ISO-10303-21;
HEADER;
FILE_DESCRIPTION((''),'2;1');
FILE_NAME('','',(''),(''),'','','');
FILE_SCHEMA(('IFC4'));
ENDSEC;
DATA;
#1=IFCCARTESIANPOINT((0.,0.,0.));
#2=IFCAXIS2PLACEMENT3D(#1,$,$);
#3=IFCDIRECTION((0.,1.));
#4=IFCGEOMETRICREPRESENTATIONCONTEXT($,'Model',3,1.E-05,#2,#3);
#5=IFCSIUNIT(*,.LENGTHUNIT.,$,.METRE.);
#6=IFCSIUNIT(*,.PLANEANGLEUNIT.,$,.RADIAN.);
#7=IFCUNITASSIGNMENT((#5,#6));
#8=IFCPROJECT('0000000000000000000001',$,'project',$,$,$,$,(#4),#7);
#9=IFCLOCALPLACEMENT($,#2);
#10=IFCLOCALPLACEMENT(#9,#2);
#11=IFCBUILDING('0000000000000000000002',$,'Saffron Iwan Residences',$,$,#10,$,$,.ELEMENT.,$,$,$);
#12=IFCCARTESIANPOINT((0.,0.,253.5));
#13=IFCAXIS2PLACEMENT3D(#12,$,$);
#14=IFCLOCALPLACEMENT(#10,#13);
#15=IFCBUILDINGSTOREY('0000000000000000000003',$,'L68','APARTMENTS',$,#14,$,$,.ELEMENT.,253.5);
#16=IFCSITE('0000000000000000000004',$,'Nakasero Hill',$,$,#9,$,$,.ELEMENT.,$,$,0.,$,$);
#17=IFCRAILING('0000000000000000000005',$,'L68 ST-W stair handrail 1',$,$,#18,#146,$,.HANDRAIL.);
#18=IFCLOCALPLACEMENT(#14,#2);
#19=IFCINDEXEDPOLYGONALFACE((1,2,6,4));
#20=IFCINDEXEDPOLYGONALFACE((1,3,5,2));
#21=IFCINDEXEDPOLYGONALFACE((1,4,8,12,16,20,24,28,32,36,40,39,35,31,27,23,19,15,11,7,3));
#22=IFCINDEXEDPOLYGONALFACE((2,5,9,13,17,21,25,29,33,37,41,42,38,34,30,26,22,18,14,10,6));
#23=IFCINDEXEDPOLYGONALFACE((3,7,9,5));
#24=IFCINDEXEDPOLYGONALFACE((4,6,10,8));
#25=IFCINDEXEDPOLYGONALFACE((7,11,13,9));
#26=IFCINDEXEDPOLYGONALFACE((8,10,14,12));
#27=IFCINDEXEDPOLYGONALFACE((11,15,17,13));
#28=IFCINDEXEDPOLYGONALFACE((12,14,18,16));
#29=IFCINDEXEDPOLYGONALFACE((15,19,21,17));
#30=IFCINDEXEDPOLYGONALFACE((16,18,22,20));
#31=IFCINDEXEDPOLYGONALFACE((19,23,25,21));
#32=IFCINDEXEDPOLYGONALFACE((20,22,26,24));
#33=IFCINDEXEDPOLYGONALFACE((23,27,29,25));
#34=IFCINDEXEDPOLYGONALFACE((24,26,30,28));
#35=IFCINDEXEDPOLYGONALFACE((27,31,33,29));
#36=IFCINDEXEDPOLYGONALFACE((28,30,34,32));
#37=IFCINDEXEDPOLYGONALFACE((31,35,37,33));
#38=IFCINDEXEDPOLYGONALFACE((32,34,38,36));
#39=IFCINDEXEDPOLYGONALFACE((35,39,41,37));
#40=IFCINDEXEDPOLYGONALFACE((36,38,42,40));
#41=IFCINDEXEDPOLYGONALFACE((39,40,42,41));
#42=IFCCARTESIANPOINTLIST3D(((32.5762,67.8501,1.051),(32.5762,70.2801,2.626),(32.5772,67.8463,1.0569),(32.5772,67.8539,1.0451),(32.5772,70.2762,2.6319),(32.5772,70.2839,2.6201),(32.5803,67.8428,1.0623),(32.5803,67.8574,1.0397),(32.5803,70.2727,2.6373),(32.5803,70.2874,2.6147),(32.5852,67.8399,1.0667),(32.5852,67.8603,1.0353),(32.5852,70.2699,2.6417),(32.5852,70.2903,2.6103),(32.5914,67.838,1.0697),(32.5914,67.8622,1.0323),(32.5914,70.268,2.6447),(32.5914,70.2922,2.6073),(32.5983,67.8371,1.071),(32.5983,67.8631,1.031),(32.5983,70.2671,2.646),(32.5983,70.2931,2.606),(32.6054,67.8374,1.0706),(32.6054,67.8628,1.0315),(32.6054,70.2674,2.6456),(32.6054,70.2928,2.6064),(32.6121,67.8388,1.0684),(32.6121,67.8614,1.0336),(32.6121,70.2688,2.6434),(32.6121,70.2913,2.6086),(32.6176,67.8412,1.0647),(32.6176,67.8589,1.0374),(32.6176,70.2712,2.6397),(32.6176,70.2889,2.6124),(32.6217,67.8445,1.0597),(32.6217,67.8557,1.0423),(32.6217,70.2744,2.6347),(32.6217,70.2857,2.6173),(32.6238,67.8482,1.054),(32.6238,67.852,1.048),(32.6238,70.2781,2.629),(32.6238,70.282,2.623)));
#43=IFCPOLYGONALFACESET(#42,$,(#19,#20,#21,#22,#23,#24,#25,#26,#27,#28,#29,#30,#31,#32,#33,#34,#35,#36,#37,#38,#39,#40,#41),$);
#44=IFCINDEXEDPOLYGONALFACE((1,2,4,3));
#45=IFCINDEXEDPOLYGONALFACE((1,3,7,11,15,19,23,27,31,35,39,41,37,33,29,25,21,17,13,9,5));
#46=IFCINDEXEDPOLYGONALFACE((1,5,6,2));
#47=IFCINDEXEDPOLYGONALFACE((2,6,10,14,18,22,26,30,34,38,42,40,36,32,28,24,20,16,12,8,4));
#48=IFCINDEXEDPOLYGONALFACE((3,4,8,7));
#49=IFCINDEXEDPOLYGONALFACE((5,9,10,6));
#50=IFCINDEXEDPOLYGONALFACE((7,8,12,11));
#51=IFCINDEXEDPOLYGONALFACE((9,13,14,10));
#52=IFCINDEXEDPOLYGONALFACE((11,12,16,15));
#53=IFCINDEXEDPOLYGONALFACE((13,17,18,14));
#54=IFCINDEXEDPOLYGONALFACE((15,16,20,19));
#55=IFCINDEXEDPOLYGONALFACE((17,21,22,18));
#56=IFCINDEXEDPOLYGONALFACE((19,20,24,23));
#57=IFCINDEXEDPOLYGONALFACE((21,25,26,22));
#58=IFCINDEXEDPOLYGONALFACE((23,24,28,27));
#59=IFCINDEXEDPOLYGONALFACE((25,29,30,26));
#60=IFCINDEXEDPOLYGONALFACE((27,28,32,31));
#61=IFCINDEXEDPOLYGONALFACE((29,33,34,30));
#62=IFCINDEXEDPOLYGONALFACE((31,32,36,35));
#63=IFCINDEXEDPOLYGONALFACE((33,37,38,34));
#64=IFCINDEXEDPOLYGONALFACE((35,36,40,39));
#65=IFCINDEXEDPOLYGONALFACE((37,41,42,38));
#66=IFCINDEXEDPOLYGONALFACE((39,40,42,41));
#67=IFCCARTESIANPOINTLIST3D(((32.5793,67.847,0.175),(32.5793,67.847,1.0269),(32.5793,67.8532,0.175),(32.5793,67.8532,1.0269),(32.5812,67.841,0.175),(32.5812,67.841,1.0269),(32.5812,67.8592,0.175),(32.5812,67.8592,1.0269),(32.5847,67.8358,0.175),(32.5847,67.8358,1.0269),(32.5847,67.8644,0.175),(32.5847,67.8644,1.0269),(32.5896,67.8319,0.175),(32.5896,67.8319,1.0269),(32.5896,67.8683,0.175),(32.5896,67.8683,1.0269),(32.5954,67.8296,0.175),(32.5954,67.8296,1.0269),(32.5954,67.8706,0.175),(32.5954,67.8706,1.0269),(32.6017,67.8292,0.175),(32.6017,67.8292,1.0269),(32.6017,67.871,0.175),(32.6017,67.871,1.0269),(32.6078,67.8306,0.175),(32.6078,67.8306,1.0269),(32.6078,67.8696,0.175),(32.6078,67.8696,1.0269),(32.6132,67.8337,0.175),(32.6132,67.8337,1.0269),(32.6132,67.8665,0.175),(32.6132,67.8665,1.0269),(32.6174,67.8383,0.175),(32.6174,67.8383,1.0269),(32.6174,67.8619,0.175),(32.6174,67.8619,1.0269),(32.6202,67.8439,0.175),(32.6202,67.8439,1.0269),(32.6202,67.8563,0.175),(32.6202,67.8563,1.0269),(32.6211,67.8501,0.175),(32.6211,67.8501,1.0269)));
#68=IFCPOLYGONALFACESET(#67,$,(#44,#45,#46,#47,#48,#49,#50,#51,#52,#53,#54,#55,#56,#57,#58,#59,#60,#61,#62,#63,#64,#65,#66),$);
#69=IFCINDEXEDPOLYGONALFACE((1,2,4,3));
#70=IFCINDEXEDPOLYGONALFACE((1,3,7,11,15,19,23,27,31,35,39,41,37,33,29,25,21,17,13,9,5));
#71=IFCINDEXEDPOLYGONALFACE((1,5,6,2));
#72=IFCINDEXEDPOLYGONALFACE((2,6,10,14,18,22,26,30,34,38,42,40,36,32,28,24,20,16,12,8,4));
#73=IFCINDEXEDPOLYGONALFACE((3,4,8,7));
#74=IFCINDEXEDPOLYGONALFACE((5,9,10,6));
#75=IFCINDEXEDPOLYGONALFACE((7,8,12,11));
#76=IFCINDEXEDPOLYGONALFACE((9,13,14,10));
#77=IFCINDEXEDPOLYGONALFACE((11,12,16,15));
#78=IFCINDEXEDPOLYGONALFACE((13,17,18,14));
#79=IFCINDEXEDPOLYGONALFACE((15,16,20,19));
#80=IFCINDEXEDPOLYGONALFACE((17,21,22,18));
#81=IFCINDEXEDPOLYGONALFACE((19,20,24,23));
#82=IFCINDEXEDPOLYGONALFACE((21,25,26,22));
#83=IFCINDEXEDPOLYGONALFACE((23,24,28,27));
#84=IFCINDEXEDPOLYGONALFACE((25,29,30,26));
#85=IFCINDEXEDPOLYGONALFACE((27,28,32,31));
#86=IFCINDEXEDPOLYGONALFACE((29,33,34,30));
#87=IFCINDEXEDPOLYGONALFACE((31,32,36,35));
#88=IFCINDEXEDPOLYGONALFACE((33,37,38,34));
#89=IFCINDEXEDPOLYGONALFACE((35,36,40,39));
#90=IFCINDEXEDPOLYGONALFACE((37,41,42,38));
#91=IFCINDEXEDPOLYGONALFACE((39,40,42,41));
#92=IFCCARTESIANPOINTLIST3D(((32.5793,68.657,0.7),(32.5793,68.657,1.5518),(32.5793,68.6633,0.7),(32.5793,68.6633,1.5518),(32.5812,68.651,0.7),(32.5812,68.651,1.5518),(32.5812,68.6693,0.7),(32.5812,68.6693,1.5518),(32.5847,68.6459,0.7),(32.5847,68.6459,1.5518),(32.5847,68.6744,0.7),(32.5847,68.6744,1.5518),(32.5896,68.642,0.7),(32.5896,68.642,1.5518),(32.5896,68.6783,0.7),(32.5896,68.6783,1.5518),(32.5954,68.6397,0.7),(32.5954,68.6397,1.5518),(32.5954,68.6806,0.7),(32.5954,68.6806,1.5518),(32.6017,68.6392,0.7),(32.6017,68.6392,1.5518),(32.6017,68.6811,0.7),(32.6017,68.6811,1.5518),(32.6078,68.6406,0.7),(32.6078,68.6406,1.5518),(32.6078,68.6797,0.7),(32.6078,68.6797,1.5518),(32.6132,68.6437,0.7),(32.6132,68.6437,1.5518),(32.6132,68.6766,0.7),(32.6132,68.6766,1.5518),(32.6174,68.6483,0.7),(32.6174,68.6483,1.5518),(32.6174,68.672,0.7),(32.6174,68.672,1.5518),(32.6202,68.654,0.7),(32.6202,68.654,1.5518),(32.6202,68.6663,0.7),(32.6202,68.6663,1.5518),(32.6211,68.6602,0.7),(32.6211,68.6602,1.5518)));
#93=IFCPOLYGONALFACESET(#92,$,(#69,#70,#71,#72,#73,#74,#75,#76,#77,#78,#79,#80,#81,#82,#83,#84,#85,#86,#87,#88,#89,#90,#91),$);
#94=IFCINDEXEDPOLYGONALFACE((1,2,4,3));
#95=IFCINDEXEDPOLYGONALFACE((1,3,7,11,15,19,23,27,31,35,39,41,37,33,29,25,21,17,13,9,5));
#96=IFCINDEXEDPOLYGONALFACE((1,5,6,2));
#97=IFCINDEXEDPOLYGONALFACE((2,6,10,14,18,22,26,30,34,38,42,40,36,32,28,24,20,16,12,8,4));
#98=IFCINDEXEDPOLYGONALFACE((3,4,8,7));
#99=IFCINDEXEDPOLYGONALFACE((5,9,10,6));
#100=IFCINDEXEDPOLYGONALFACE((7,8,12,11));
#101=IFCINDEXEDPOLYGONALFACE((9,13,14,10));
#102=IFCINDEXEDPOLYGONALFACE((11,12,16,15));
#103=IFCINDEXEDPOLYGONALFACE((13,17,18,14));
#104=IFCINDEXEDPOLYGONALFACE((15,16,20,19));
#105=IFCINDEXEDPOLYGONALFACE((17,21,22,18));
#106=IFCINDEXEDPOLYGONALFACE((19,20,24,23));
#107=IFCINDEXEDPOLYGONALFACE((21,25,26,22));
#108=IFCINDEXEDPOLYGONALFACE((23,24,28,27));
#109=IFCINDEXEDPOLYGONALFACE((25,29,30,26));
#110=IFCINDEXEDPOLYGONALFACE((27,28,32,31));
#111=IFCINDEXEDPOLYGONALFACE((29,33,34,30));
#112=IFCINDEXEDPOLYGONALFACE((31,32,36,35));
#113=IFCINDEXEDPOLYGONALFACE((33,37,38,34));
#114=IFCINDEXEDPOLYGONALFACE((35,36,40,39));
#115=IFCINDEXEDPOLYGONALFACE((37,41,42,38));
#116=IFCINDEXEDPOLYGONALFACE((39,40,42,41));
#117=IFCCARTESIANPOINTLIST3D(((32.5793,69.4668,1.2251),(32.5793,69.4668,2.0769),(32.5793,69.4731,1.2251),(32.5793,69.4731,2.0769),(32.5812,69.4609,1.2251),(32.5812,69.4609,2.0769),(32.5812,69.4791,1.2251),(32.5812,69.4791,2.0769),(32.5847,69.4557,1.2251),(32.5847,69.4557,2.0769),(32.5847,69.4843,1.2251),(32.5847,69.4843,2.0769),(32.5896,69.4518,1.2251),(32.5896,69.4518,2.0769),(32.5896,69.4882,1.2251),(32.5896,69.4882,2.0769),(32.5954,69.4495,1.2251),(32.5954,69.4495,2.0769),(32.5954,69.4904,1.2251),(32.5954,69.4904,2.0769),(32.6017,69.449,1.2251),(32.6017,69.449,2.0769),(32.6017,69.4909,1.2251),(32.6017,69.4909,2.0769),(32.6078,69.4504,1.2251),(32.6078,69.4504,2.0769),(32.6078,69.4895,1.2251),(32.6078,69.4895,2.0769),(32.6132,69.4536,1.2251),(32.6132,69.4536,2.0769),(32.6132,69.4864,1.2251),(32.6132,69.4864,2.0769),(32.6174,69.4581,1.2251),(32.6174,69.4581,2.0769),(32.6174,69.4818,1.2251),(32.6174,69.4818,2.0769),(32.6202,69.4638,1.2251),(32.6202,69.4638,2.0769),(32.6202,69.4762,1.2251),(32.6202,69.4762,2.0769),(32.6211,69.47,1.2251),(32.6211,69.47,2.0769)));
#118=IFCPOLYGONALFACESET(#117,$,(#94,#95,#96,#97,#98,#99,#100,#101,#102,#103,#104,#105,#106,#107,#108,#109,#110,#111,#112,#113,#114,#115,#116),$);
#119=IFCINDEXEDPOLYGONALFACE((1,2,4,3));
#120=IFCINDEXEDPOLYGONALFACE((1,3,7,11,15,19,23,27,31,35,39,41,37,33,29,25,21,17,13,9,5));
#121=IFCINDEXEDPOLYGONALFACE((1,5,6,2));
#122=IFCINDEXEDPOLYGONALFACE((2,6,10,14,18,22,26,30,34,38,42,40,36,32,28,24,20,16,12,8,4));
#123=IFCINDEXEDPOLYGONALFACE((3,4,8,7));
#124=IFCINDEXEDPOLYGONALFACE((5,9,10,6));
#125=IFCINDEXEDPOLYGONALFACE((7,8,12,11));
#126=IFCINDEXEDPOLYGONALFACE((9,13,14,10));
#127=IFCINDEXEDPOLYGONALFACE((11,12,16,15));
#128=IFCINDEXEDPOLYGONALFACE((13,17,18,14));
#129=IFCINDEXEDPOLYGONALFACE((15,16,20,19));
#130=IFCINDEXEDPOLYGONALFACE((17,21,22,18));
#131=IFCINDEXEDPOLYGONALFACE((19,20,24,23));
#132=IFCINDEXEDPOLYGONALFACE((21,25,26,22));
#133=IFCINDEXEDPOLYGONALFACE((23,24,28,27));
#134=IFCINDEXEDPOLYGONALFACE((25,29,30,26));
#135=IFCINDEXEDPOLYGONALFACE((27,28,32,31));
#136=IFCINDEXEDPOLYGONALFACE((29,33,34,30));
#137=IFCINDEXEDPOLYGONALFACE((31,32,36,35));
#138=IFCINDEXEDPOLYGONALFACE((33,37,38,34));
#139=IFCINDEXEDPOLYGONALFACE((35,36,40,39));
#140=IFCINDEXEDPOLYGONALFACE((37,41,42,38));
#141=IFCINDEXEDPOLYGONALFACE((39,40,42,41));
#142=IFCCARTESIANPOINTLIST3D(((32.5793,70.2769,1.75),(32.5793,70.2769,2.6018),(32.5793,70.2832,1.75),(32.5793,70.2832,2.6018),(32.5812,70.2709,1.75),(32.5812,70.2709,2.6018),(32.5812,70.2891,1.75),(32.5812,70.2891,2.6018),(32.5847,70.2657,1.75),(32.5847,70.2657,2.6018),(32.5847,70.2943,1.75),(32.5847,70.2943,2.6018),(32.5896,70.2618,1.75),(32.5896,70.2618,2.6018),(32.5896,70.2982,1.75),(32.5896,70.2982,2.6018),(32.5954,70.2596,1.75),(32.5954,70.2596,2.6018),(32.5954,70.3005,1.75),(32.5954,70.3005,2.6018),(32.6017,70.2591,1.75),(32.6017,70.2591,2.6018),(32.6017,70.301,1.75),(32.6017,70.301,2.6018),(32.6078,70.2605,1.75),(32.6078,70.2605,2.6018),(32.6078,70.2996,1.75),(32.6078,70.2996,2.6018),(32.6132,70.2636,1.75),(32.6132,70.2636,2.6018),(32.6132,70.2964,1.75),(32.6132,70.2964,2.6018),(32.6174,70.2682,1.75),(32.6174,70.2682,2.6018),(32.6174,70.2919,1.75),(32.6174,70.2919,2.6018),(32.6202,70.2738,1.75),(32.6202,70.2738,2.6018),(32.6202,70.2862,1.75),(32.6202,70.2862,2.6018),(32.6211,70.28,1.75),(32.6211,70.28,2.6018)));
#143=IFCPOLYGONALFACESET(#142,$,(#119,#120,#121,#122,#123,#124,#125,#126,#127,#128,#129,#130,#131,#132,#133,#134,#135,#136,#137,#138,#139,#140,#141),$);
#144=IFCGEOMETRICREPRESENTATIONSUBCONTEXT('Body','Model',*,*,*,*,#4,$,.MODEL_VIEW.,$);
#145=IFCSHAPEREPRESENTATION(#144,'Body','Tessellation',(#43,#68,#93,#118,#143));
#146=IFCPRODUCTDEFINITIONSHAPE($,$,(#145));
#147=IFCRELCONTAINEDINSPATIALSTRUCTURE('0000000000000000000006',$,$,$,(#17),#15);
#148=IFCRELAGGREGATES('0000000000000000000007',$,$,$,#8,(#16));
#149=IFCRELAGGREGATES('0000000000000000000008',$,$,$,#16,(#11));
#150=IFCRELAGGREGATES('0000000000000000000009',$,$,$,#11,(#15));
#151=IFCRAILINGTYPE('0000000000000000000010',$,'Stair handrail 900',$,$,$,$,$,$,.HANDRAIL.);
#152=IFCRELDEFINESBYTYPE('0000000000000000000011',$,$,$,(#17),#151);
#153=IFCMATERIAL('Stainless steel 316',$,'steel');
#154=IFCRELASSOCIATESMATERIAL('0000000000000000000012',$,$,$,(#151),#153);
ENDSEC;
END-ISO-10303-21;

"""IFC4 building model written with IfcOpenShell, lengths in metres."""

from ifc_helpers import new_model, si_unit, direction, frame, origin, origin_2d, place, context, subcontext, project, spatial, circle, extrude, material, type_object, element, save


model = new_model("IFC4")

# Units and contexts
model_context = context("Model", 3, precision=1e-05, world=origin(), true_north=direction((0.0, 1.0)))
body_context = subcontext(model_context, "Body", "Model", "MODEL_VIEW")
ifc_project = project(units=[si_unit("LENGTHUNIT", "METRE"), si_unit("PLANEANGLEUNIT", "RADIAN")], contexts=[model_context])

# Site, building, storey
site_placement = place(None, origin())
site = spatial("IfcSite", under=ifc_project, at=site_placement, Name="Nakasero Hill", CompositionType="ELEMENT", RefElevation=0.0)
building_placement = place(site_placement, origin())
building = spatial("IfcBuilding", under=site, at=building_placement, Name="Saffron Iwan Residences", CompositionType="ELEMENT")
storey_placement = place(building_placement, frame((0.0, 0.0, 253.5)))
storey = spatial("IfcBuildingStorey", under=building, at=storey_placement, Name="L68", Description="APARTMENTS", CompositionType="ELEMENT", Elevation=253.5)

# Railing
ifc_material_1 = material(Name="Stainless steel 316", Category="steel")
railing_type_1 = type_object("IfcRailingType", Name="Stair handrail 900", PredefinedType="HANDRAIL", material=ifc_material_1)
railing_1_placement = place(storey_placement, frame((32.6001, 67.8501, 0.175)))
element("IfcRailing", 1, at=railing_1_placement, inside=storey, type_object=railing_type_1, Name="L68 ST-W stair handrail 1", PredefinedType="HANDRAIL", context=body_context, shape_type="SweptSolid", body=[
    extrude(circle(Radius=0.0239, at=origin_2d()), frame((0.0, 0.0, 0.876), z_axis=(0.0, 0.839154, 0.543894), x_axis=(-1.0, 0.0, 0.0)), (0.0, 0.0, 1.0), 2.8958),
    extrude(circle(Radius=0.021, at=origin_2d()), origin(), (0.0, 0.0, 1.0), 0.8518),
    extrude(circle(Radius=0.021, at=origin_2d()), frame((0.0, 0.8101, 0.5249)), (0.0, 0.0, 1.0), 0.8518),
    extrude(circle(Radius=0.021, at=origin_2d()), frame((0.0, 1.6199, 1.05)), (0.0, 0.0, 1.0), 0.8518),
    extrude(circle(Radius=0.021, at=origin_2d()), frame((0.0, 2.4299, 1.575)), (0.0, 0.0, 1.0), 0.8518),
])

save(model, "model.ifc")
